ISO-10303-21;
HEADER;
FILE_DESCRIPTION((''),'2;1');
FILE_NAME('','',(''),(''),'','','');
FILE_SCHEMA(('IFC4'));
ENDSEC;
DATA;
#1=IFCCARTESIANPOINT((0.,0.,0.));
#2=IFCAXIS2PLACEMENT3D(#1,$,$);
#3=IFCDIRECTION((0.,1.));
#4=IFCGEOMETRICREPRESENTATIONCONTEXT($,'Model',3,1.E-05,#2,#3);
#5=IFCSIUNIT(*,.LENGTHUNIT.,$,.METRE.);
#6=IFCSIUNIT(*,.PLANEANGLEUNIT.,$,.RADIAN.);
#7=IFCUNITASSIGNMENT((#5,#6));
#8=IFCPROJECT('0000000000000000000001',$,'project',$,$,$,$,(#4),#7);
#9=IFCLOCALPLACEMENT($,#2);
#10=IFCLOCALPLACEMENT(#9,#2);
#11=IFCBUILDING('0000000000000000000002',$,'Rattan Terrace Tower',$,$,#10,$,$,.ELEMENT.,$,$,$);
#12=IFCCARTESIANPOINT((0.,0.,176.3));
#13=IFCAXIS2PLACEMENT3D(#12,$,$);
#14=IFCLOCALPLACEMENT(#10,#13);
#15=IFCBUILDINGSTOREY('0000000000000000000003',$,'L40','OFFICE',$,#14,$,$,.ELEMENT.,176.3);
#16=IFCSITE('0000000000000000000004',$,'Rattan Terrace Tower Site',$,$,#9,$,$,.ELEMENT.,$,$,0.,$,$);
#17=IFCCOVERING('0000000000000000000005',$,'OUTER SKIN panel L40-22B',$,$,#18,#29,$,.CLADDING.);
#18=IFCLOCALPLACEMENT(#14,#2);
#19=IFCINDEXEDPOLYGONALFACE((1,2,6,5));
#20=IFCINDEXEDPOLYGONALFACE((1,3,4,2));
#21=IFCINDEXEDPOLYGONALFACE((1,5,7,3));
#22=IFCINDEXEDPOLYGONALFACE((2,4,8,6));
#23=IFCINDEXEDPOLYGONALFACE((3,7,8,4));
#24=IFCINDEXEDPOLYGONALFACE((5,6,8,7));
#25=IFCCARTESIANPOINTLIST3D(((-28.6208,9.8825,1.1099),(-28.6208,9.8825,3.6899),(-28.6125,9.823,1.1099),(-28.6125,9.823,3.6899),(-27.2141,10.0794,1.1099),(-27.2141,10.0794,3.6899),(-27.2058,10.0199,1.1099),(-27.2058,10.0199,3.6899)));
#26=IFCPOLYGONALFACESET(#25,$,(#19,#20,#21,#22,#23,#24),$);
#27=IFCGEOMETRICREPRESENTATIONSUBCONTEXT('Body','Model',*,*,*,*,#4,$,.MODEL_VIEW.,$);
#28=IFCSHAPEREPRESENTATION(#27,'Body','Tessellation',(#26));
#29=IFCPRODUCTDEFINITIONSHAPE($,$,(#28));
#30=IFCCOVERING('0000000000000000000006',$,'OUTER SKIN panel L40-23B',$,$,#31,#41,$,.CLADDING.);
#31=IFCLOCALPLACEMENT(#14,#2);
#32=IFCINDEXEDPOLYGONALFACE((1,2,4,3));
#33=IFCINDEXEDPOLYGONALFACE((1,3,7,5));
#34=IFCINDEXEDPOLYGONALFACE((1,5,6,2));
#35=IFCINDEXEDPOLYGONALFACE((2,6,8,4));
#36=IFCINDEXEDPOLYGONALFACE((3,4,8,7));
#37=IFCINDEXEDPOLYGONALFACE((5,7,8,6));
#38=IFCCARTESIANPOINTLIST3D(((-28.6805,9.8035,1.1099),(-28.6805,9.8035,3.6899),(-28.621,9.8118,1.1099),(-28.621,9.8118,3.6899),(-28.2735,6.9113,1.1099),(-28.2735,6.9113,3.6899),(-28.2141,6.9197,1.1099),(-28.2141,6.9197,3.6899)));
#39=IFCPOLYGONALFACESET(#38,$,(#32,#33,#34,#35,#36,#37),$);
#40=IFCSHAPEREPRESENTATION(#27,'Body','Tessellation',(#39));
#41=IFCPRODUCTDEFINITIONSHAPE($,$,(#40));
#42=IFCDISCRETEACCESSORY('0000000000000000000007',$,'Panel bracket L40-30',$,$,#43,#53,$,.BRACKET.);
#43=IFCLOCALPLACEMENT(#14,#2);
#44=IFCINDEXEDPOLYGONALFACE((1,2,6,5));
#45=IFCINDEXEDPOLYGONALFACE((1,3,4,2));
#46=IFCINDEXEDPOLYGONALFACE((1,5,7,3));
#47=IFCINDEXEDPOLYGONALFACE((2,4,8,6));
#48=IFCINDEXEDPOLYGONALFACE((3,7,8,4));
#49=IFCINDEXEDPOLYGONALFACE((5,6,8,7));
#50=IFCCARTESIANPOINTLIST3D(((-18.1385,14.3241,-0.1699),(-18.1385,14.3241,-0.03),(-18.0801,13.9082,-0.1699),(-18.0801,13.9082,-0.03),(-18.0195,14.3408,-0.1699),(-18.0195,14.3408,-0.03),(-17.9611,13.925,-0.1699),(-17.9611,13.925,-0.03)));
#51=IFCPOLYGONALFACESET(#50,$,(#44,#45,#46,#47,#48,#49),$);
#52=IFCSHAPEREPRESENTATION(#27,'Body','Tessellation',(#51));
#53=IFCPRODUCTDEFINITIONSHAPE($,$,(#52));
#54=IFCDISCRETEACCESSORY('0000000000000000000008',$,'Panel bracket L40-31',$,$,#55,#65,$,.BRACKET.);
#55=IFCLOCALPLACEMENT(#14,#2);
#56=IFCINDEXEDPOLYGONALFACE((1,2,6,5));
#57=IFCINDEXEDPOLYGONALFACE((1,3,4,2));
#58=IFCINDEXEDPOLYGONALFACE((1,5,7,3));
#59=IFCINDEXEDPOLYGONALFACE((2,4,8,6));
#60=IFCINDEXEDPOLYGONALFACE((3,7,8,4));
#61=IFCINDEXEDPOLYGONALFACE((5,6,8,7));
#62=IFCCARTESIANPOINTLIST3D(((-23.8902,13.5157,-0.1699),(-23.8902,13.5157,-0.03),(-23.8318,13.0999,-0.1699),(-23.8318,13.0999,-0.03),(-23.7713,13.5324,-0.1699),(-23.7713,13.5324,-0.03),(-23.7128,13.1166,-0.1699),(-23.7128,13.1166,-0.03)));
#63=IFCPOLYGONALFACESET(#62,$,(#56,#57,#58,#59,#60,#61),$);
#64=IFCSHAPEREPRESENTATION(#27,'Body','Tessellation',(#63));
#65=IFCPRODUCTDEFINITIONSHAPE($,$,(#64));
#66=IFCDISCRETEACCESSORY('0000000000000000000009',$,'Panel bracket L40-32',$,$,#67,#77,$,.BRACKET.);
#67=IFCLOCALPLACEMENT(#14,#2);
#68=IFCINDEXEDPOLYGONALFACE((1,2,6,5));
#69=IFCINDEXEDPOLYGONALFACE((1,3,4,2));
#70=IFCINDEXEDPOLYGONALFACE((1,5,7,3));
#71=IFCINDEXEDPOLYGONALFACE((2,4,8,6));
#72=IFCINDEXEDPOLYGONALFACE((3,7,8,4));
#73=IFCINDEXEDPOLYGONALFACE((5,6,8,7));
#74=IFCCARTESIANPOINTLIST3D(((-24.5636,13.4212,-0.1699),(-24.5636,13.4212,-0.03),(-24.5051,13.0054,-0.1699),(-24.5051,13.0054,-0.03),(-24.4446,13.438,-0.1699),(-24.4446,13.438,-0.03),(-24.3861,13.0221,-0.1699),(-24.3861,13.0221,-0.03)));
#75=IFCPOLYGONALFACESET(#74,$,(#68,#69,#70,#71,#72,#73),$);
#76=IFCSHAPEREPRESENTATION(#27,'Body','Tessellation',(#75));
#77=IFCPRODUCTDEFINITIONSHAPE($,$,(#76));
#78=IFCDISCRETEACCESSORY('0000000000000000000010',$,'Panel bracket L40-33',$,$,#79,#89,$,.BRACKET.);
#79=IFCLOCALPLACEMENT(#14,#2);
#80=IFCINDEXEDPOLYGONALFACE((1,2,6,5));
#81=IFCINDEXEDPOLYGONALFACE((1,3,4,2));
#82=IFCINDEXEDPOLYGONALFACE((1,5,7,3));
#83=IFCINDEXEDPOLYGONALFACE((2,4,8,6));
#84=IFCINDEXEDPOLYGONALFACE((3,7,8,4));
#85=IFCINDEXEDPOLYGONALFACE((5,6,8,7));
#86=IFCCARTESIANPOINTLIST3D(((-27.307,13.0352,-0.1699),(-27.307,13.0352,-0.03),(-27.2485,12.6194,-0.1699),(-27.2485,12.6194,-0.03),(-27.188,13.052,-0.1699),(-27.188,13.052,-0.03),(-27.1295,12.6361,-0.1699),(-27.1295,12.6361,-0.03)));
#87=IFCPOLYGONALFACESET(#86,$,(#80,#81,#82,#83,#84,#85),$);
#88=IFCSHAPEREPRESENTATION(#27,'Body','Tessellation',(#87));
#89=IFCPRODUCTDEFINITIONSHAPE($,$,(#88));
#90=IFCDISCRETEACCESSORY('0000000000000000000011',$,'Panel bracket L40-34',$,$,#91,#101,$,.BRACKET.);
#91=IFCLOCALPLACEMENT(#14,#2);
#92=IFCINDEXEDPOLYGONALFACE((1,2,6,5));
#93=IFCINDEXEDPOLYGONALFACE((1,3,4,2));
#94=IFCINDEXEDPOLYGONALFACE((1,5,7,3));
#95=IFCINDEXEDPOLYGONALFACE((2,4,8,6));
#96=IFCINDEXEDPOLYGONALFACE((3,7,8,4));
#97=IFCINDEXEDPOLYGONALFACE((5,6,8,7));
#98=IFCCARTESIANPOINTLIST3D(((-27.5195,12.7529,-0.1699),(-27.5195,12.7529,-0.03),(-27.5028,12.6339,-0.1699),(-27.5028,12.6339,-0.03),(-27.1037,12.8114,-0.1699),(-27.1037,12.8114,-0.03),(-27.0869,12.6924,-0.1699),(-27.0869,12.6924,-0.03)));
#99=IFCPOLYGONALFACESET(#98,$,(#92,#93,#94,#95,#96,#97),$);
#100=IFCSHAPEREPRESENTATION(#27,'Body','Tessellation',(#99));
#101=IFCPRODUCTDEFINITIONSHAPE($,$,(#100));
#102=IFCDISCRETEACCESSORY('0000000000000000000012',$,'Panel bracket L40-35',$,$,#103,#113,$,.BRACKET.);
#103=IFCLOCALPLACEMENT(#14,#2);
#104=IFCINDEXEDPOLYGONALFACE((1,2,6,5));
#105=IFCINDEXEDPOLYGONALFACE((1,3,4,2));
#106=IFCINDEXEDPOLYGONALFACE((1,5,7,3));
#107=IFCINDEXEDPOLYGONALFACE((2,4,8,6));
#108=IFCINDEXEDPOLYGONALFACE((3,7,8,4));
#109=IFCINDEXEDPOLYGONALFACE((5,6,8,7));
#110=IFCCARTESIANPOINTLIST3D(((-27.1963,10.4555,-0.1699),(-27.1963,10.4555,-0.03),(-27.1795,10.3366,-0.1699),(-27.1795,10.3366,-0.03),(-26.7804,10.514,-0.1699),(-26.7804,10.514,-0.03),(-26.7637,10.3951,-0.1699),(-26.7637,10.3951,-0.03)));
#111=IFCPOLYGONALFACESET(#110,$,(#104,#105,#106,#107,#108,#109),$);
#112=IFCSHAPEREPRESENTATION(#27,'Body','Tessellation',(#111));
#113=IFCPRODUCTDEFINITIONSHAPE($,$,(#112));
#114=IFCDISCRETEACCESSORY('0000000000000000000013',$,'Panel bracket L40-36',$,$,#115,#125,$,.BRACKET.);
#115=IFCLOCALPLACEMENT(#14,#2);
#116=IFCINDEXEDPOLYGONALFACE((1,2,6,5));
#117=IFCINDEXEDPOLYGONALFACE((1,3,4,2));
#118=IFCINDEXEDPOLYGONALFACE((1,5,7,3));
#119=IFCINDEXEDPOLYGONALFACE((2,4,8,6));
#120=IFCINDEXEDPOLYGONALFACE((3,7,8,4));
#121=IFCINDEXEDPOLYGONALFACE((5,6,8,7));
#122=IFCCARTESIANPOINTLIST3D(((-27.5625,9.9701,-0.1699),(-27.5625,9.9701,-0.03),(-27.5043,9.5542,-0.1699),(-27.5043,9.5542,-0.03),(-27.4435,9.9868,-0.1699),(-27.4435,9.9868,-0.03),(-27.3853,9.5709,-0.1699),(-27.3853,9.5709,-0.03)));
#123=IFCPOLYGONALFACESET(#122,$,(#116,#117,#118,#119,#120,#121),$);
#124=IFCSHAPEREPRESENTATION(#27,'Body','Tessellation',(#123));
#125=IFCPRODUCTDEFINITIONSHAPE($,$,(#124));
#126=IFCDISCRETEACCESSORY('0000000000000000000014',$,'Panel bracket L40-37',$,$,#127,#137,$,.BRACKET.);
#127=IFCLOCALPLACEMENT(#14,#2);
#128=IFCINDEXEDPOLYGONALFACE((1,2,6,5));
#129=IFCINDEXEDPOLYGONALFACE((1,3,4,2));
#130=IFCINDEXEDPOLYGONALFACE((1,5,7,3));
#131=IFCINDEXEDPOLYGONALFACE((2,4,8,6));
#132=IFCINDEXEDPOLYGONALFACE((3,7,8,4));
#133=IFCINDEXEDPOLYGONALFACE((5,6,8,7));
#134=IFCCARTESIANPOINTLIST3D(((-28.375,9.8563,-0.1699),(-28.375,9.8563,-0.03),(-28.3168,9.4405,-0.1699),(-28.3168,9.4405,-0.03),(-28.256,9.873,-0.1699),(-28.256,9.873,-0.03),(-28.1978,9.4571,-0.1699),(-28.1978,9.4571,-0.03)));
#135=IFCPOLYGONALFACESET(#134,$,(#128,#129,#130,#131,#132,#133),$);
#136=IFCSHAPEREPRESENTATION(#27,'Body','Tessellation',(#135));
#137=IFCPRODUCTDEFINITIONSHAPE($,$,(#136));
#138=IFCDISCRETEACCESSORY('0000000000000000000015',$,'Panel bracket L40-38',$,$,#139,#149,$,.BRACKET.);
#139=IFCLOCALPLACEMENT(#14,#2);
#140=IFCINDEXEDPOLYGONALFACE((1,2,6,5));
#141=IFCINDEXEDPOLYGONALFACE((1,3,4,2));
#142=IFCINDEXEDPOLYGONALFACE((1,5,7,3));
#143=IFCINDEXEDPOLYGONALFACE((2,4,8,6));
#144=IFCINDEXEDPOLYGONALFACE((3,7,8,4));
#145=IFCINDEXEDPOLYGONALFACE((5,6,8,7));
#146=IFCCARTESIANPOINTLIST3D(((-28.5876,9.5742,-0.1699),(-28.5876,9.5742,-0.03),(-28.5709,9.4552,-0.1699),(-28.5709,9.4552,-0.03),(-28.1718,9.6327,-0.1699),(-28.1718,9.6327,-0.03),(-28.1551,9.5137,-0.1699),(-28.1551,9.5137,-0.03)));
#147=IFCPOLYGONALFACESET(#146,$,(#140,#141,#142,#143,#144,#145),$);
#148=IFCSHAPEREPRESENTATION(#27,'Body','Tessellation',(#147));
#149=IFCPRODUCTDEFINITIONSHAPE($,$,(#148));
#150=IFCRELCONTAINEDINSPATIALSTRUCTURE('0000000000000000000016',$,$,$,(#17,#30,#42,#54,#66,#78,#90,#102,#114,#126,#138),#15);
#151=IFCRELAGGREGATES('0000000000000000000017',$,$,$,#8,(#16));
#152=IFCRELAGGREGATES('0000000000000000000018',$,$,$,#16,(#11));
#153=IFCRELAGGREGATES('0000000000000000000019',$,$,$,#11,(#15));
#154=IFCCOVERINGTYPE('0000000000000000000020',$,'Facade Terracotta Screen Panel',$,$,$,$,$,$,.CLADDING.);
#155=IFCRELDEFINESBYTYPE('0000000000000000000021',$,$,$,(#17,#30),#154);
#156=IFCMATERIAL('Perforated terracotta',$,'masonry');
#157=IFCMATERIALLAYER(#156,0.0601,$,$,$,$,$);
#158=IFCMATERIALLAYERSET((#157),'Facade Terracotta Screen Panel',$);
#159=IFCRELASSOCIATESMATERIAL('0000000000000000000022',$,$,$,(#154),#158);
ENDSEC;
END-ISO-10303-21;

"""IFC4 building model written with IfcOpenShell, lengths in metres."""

from ifc_helpers import new_model, si_unit, direction, frame, origin, origin_2d, place, context, subcontext, project, spatial, rectangle, extrude, material, layer, layer_set, type_object, element, save


model = new_model("IFC4")

# Units and contexts
model_context = context("Model", 3, precision=1e-05, world=origin(), true_north=direction((0.0, 1.0)))
body_context = subcontext(model_context, "Body", "Model", "MODEL_VIEW")
ifc_project = project(units=[si_unit("LENGTHUNIT", "METRE"), si_unit("PLANEANGLEUNIT", "RADIAN")], contexts=[model_context])

# Site, building, storey
site_placement = place(None, origin())
site = spatial("IfcSite", under=ifc_project, at=site_placement, Name="Rattan Terrace Tower Site", CompositionType="ELEMENT", RefElevation=0.0)
building_placement = place(site_placement, origin())
building = spatial("IfcBuilding", under=site, at=building_placement, Name="Rattan Terrace Tower", CompositionType="ELEMENT")
storey_placement = place(building_placement, frame((0.0, 0.0, 176.3)))
storey = spatial("IfcBuildingStorey", under=building, at=storey_placement, Name="L40", Description="OFFICE", CompositionType="ELEMENT", Elevation=176.3)

# Coverings
ifc_material_1 = material(Name="Perforated terracotta", Category="masonry")
ifc_layer_1 = layer(ifc_material_1, 0.0601)
ifc_layer_set_1 = layer_set([ifc_layer_1], Name="Facade Terracotta Screen Panel")
covering_type_1 = type_object("IfcCoveringType", Name="Facade Terracotta Screen Panel", PredefinedType="CLADDING", material=ifc_layer_set_1)
covering_1_placement = place(storey_placement, frame((-27.9133, 9.9512, 1.1099), z_axis=(0.0, 0.0, 1.0), x_axis=(-0.990345, -0.138622, 0.0)))
element("IfcCovering", 1, at=covering_1_placement, inside=storey, type_object=covering_type_1, Name="OUTER SKIN panel L40-22B", PredefinedType="CLADDING", context=body_context, shape_type="SweptSolid", body=[
    extrude(rectangle(XDim=1.4204, YDim=0.0601, at=origin_2d()), origin(), (0.0, 0.0, 1.0), 2.5801),
])
covering_2_placement = place(storey_placement, frame((-28.4473, 8.3616, 1.1099), z_axis=(0.0, 0.0, 1.0), x_axis=(0.139321, -0.990247, 0.0)))
element("IfcCovering", 2, at=covering_2_placement, inside=storey, type_object=covering_type_1, Name="OUTER SKIN panel L40-23B", PredefinedType="CLADDING", context=body_context, shape_type="SweptSolid", body=[
    extrude(rectangle(XDim=2.9207, YDim=0.0601, at=origin_2d()), origin(), (0.0, 0.0, 1.0), 2.5801),
])

# Discrete accessories
for number, where, z_axis, x_axis, name in (
    (3, (-18.0498, 14.1245, -0.1699), (0.0, 0.0, 1.0), (-0.99027, -0.139161, 0.0), "Panel bracket L40-30"),
    (4, (-23.8015, 13.3162, -0.1699), (0.0, 0.0, 1.0), (-0.99027, -0.139161, 0.0), "Panel bracket L40-31"),
    (5, (-24.4749, 13.2217, -0.1699), (0.0, 0.0, 1.0), (-0.990247, -0.139321, 0.0), "Panel bracket L40-32"),
    (6, (-27.2183, 12.8357, -0.1699), (0.0, 0.0, 1.0), (-0.990247, -0.139321, 0.0), "Panel bracket L40-33"),
    (7, (-27.3032, 12.7227, -0.1699), (0.0, 0.0, 1.0), (0.139321, -0.990247, 0.0), "Panel bracket L40-34"),
    (8, (-26.98, 10.4253, -0.1699), (0.0, 0.0, 1.0), (0.139321, -0.990247, 0.0), "Panel bracket L40-35"),
    (9, (-27.4739, 9.7705, -0.1699), (0.0, 0.0, 1.0), (-0.990345, -0.138622, 0.0), "Panel bracket L40-36"),
    (10, (-28.2864, 9.6567, -0.1699), (0.0, 0.0, 1.0), (-0.990345, -0.138622, 0.0), "Panel bracket L40-37"),
    (11, (-28.3713, 9.5439, -0.1699), (0.0, 0.0, 1.0), (0.139321, -0.990247, 0.0), "Panel bracket L40-38"),
):
    element("IfcDiscreteAccessory", number, at=place(storey_placement, frame(where, z_axis=z_axis, x_axis=x_axis)), inside=storey, Name=name, PredefinedType="BRACKET", context=body_context, shape_type="SweptSolid", body=[
        extrude(rectangle(XDim=0.1201, YDim=0.4199, at=origin_2d()), origin(), (0.0, 0.0, 1.0), 0.1399),
    ])

save(model, "model.ifc")
